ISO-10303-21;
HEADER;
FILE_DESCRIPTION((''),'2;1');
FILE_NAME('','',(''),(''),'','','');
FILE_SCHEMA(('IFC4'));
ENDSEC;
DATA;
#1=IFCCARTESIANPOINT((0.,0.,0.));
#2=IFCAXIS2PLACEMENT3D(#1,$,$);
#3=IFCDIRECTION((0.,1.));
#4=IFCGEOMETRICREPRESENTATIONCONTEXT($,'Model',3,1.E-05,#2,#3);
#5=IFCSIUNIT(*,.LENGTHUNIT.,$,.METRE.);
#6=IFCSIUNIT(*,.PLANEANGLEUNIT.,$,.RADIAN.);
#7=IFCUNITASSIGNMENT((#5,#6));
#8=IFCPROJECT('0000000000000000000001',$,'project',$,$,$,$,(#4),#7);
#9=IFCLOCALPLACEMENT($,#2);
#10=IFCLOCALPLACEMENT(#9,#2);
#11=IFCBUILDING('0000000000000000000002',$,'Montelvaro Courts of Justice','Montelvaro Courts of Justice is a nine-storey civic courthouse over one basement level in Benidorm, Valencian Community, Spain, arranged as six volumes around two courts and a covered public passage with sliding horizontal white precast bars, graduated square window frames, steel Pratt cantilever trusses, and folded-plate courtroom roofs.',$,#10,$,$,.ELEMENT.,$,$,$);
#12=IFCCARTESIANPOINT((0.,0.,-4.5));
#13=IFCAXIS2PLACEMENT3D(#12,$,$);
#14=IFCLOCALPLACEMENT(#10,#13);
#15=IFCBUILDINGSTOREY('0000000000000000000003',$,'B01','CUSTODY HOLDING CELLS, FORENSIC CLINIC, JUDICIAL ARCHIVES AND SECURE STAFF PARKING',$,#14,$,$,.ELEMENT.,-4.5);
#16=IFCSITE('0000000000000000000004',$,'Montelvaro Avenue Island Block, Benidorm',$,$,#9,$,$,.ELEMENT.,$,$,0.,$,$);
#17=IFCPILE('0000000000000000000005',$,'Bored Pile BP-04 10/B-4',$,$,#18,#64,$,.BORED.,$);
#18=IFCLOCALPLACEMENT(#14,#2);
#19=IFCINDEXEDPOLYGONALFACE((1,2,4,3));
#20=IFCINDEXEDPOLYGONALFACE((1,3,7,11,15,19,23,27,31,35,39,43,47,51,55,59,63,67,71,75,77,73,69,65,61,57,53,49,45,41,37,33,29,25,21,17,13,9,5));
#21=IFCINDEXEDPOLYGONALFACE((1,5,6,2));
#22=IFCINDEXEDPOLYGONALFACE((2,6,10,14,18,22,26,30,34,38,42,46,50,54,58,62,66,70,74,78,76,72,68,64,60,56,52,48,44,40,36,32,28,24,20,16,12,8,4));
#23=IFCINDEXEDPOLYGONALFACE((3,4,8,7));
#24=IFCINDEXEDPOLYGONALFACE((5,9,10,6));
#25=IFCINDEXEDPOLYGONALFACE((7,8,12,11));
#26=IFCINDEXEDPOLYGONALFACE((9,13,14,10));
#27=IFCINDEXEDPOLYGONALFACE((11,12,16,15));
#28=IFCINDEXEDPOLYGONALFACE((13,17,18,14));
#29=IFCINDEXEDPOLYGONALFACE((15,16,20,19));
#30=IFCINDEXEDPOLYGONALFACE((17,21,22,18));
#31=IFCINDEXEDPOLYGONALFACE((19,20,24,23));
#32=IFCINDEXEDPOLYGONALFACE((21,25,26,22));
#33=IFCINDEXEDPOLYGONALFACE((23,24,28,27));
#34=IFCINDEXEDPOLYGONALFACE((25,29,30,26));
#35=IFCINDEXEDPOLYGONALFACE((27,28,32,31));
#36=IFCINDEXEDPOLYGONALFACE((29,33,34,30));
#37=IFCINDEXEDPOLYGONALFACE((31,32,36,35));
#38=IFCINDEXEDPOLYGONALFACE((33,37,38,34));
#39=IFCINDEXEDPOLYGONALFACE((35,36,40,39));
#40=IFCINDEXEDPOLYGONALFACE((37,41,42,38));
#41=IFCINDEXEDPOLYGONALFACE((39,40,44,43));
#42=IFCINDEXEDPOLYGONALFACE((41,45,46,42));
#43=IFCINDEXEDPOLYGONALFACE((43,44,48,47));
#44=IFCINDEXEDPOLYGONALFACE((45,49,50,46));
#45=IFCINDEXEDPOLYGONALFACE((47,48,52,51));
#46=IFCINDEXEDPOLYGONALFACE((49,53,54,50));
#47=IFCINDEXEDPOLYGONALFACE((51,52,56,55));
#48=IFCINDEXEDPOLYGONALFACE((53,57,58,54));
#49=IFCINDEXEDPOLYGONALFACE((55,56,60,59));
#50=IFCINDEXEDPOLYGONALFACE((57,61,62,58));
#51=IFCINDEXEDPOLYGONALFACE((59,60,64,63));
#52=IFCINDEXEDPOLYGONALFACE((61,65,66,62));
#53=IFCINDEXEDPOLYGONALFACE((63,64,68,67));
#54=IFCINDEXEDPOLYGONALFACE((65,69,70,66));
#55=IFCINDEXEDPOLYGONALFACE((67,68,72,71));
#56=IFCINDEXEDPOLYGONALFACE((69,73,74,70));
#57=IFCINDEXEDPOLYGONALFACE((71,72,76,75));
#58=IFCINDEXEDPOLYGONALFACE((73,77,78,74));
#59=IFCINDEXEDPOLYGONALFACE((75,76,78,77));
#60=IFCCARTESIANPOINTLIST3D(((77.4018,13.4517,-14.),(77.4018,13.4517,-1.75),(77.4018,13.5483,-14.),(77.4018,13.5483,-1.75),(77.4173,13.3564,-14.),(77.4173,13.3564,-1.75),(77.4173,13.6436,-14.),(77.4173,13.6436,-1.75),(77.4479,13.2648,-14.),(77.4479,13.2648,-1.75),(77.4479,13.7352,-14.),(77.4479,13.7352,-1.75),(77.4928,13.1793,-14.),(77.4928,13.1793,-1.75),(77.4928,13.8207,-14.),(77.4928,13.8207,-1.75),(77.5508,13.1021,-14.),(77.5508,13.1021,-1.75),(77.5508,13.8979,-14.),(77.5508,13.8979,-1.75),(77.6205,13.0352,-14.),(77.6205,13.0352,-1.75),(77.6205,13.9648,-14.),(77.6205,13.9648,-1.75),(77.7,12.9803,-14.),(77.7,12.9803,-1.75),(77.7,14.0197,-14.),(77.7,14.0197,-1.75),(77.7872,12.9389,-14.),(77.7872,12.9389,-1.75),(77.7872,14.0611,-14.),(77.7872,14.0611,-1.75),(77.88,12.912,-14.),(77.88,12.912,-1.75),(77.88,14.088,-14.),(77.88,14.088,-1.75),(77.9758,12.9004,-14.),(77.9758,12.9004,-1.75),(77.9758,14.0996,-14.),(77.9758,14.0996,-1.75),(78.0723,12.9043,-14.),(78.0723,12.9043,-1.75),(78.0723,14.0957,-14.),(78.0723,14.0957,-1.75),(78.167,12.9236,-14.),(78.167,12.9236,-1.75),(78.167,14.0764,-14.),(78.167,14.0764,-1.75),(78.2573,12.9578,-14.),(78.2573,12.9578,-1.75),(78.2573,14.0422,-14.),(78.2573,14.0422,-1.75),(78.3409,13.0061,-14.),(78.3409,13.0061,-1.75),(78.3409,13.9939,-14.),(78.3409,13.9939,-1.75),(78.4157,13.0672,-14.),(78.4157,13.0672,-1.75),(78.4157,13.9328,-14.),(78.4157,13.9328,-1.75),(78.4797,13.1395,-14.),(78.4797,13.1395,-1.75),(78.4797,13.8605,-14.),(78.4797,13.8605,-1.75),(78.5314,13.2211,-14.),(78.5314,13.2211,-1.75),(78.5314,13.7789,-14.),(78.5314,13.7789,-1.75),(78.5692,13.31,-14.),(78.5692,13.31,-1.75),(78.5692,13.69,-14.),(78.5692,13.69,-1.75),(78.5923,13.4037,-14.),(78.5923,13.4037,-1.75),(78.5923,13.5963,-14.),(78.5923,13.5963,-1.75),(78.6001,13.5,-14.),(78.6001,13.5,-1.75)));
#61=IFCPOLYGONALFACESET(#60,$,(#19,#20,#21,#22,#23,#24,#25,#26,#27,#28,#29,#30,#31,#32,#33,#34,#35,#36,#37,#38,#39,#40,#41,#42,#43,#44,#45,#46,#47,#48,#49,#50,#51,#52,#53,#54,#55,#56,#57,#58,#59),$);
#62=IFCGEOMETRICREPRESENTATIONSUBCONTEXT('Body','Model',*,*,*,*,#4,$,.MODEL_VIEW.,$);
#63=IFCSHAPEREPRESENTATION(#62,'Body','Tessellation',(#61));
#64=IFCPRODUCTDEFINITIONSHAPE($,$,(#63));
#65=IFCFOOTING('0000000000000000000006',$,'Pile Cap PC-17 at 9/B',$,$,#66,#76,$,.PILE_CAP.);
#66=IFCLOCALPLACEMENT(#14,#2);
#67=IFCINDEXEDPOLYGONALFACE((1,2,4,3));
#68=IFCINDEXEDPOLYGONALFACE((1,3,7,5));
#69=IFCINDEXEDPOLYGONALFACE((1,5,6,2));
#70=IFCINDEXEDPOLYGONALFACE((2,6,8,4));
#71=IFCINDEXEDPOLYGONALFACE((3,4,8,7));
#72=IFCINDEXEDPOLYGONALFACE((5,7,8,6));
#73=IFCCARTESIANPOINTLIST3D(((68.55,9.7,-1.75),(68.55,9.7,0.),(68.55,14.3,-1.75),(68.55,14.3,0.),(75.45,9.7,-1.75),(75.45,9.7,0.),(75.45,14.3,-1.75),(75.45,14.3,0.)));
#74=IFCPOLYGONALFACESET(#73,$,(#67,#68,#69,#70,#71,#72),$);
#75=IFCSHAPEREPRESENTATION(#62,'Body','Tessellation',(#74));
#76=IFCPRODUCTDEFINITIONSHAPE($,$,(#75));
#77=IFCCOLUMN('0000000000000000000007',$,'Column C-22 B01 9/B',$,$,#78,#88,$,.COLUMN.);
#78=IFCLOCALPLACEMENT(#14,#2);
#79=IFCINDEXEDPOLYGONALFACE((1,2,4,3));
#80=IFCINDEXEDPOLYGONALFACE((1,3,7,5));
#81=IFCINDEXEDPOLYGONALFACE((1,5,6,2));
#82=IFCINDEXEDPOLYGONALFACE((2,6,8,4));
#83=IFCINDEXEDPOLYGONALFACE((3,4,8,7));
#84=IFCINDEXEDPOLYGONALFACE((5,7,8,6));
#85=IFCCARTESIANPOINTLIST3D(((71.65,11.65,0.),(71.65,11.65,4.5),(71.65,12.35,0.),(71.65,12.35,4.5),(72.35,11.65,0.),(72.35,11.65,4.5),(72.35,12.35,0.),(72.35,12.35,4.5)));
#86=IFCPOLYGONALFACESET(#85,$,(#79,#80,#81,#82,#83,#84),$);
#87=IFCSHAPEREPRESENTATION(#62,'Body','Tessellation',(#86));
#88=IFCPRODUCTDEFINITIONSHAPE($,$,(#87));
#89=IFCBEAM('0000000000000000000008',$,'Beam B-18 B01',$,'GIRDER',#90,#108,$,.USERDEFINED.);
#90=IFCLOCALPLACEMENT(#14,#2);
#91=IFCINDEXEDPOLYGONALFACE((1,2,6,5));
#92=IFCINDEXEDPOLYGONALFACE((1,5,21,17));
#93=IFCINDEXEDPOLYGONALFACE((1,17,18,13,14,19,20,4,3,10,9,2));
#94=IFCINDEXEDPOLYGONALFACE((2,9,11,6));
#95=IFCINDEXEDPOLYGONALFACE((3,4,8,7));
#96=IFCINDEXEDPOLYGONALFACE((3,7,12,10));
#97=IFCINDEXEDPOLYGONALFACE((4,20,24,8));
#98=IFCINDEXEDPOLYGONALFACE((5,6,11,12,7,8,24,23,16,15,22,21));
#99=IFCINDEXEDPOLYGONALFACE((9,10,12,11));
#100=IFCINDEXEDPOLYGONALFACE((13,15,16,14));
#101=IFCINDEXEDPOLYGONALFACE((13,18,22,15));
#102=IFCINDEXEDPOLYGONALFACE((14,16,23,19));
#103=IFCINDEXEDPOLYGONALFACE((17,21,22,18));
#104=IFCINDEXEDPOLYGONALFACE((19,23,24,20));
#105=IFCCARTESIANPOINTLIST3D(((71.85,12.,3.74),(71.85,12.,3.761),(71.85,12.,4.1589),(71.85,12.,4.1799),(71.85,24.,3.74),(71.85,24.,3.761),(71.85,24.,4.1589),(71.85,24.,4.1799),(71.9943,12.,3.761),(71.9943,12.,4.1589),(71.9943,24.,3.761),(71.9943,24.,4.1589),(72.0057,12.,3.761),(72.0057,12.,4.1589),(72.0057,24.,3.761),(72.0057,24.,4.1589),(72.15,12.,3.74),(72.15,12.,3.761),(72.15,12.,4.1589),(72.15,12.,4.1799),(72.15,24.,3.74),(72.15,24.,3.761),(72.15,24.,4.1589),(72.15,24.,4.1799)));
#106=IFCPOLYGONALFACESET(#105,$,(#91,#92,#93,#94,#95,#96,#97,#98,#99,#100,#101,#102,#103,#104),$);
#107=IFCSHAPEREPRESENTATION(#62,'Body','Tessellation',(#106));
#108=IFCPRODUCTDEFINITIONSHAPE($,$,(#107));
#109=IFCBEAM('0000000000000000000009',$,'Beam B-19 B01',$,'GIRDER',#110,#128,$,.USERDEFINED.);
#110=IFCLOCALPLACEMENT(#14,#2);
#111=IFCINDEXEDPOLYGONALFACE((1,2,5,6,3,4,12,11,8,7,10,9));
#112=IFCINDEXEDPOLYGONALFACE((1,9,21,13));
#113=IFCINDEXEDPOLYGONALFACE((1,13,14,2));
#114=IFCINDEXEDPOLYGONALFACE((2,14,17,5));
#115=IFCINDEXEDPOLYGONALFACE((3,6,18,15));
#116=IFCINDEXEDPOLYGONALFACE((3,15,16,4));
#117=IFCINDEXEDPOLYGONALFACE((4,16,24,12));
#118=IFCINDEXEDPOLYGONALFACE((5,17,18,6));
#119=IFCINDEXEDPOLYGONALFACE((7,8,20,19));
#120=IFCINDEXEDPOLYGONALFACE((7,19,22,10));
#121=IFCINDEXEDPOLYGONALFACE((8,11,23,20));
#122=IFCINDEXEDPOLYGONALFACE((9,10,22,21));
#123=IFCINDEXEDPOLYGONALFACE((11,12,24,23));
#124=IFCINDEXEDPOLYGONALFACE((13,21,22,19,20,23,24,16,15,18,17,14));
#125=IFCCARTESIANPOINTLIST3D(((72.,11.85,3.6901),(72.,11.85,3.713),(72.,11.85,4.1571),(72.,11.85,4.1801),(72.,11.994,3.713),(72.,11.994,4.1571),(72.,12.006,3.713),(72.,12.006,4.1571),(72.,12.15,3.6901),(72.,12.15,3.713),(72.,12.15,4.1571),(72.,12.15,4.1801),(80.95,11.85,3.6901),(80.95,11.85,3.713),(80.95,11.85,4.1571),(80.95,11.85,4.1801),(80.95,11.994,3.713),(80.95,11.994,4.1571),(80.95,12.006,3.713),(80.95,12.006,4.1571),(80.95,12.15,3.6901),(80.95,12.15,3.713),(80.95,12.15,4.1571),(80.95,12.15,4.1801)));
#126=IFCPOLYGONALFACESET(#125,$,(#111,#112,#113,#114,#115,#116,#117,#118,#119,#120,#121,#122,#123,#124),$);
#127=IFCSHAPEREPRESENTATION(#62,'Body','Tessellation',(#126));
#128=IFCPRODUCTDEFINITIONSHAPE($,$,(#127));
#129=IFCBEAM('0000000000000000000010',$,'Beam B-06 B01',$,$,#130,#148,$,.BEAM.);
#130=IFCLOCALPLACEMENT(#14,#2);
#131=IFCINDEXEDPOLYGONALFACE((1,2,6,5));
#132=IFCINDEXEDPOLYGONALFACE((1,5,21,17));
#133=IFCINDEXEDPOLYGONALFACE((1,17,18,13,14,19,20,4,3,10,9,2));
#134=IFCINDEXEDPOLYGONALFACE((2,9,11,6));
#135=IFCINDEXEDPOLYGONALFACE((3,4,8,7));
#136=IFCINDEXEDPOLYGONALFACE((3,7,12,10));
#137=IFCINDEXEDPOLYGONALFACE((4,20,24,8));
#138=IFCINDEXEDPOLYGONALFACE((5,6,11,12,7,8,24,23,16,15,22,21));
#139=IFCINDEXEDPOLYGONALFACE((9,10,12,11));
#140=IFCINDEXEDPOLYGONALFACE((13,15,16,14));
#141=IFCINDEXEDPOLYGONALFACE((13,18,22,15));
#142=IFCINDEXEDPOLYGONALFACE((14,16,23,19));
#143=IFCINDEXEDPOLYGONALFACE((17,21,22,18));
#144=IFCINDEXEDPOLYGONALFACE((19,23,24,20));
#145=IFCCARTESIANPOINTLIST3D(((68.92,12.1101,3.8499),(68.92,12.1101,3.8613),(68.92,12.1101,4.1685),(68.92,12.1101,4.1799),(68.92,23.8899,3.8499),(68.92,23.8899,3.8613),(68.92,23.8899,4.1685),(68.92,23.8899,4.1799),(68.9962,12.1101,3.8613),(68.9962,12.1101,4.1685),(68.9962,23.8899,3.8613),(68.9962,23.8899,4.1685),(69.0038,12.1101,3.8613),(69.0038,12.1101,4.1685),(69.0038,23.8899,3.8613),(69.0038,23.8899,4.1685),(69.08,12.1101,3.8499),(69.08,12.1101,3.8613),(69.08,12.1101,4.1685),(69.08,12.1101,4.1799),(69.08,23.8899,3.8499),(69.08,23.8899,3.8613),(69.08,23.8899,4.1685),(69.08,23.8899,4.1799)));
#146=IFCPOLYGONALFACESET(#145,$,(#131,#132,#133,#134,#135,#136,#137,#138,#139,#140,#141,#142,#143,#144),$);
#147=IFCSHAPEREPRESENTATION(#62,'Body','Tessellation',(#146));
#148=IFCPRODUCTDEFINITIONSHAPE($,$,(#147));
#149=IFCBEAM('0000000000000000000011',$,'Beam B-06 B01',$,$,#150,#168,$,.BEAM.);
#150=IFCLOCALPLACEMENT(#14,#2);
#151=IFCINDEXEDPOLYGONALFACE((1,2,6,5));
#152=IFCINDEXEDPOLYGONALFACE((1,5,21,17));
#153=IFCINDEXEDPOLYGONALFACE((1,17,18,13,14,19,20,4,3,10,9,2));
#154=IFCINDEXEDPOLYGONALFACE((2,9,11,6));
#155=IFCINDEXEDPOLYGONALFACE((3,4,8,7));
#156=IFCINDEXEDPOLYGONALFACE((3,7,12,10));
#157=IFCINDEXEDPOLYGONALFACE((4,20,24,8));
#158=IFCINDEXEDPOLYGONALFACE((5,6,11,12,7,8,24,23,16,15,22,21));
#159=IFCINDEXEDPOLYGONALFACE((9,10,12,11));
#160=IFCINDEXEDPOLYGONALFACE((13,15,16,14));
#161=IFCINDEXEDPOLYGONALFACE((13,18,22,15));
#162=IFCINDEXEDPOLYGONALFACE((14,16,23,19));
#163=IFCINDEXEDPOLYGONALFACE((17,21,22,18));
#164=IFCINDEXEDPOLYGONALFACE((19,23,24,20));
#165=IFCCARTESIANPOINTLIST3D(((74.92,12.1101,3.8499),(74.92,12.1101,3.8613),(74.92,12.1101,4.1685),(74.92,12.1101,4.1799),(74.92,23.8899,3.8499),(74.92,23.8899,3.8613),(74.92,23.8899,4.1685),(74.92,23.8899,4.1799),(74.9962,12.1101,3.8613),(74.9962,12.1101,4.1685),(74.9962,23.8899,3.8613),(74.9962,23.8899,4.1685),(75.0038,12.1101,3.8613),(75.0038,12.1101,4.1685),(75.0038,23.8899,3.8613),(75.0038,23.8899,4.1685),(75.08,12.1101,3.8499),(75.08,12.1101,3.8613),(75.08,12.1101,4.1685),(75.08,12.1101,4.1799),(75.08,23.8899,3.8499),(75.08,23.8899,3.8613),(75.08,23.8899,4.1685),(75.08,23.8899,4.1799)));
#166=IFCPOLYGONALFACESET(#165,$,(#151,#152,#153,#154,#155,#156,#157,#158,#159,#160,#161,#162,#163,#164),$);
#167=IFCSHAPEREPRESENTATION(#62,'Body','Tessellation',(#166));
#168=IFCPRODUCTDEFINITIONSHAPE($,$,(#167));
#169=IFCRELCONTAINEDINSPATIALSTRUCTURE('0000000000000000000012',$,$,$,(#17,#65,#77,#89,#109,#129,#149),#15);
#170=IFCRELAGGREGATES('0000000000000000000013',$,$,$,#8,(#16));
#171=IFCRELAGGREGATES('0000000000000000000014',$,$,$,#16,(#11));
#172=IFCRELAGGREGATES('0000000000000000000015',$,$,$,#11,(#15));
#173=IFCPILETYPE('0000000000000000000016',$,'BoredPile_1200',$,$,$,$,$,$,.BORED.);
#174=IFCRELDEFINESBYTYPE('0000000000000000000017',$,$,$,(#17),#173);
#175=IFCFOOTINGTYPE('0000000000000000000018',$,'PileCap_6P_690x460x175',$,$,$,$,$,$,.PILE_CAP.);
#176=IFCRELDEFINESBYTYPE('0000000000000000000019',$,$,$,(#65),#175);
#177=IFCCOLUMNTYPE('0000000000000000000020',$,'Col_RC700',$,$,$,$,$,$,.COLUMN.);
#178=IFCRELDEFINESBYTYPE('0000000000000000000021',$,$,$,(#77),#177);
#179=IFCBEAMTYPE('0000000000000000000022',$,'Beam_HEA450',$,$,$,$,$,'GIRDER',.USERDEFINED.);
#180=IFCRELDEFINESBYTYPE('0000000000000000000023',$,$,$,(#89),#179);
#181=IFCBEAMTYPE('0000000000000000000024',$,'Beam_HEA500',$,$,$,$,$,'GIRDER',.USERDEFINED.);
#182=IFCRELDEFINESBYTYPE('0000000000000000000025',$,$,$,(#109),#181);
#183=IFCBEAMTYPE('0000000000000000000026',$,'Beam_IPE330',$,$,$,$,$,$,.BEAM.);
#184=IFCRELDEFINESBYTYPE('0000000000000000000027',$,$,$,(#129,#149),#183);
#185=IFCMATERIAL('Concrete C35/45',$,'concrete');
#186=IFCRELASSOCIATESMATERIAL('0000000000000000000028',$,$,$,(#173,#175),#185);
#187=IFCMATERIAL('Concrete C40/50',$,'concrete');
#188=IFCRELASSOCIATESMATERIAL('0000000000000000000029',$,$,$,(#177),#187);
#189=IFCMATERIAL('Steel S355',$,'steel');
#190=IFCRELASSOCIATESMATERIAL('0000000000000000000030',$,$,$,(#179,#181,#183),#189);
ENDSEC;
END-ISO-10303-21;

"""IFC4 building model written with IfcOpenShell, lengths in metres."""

from ifc_helpers import new_model, si_unit, direction, frame, origin, origin_2d, place, context, subcontext, project, spatial, rectangle, circle, i_section, extrude, material, material_profile, profile_set, type_object, element, save


model = new_model("IFC4")

# Units and contexts
model_context = context("Model", 3, precision=1e-05, world=origin(), true_north=direction((0.0, 1.0)))
body_context = subcontext(model_context, "Body", "Model", "MODEL_VIEW")
ifc_project = project(units=[si_unit("LENGTHUNIT", "METRE"), si_unit("PLANEANGLEUNIT", "RADIAN")], contexts=[model_context])

# Site, building, storey
site_placement = place(None, origin())
site = spatial("IfcSite", under=ifc_project, at=site_placement, Name="Montelvaro Avenue Island Block, Benidorm", CompositionType="ELEMENT", RefElevation=0.0)
building_placement = place(site_placement, origin())
building = spatial("IfcBuilding", under=site, at=building_placement, Name="Montelvaro Courts of Justice", Description="Montelvaro Courts of Justice is a nine-storey civic courthouse over one basement level in Benidorm, Valencian Community, Spain, arranged as six volumes around two courts and a covered public passage with sliding horizontal white precast bars, graduated square window frames, steel Pratt cantilever trusses, and folded-plate courtroom roofs.", CompositionType="ELEMENT")
storey_placement = place(building_placement, frame((0.0, 0.0, -4.5)))
storey = spatial("IfcBuildingStorey", under=building, at=storey_placement, Name="B01", Description="CUSTODY HOLDING CELLS, FORENSIC CLINIC, JUDICIAL ARCHIVES AND SECURE STAFF PARKING", CompositionType="ELEMENT", Elevation=-4.5)

# Pile
ifc_material_1 = material(Name="Concrete C35/45", Category="concrete")
ifc_material_profile_1 = material_profile(ifc_material_1, circle(Radius=0.6001, at=origin_2d()), Name="BORED PILE D1200")
ifc_profile_set_1 = profile_set([ifc_material_profile_1], Name="Concrete C35/45")
pile_type_1 = type_object("IfcPileType", Name="BoredPile_1200", PredefinedType="BORED", material=ifc_profile_set_1)
pile_placement = place(storey_placement, frame((78.0, 13.5, -1.75), z_axis=(0.0, 0.0, -1.0), x_axis=(1.0, 0.0, 0.0)))
element("IfcPile", 1, at=pile_placement, inside=storey, type_object=pile_type_1, Name="Bored Pile BP-04 10/B-4", PredefinedType="BORED", context=body_context, shape_type="SweptSolid", body=[
    extrude(circle(Radius=0.6001, at=origin_2d()), origin(), (0.0, 0.0, 1.0), 12.25),
])

# Footing
footing_type = type_object("IfcFootingType", Name="PileCap_6P_690x460x175", PredefinedType="PILE_CAP", material=ifc_material_1)
footing_placement = place(storey_placement, frame((72.0, 12.0, -1.75), z_axis=(0.0, 0.0, 1.0), x_axis=(1.0, 0.0, 0.0)))
element("IfcFooting", 2, at=footing_placement, inside=storey, type_object=footing_type, Name="Pile Cap PC-17 at 9/B", PredefinedType="PILE_CAP", context=body_context, shape_type="SweptSolid", body=[
    extrude(rectangle(XDim=6.8999, YDim=4.6001, at=origin_2d()), origin(), (0.0, 0.0, 1.0), 1.75),
])

# Column
ifc_material_2 = material(Name="Concrete C40/50", Category="concrete")
ifc_material_profile_2 = material_profile(ifc_material_2, rectangle(XDim=0.7, YDim=0.7, at=origin_2d()), Name="RC 700x700")
ifc_profile_set_2 = profile_set([ifc_material_profile_2], Name="Concrete C40/50")
column_type = type_object("IfcColumnType", Name="Col_RC700", PredefinedType="COLUMN", material=ifc_profile_set_2)
column_placement = place(storey_placement, frame((72.0, 12.0, 0.0), z_axis=(0.0, 0.0, 1.0), x_axis=(1.0, 0.0, 0.0)))
element("IfcColumn", 3, at=column_placement, inside=storey, type_object=column_type, Name="Column C-22 B01 9/B", PredefinedType="COLUMN", context=body_context, shape_type="SweptSolid", body=[
    extrude(rectangle(XDim=0.7, YDim=0.7, at=origin_2d()), origin(), (0.0, 0.0, 1.0), 4.5),
])

# Beams
ifc_material_3 = material(Name="Steel S355", Category="steel")
ifc_material_profile_3 = material_profile(ifc_material_3, i_section(OverallWidth=0.3, OverallDepth=0.4399, WebThickness=0.0115, FlangeThickness=0.021, at=origin_2d()), Name="HEA 450")
ifc_profile_set_3 = profile_set([ifc_material_profile_3], Name="Steel S355")
beam_type_1 = type_object("IfcBeamType", Name="Beam_HEA450", ElementType="GIRDER", PredefinedType="USERDEFINED", material=ifc_profile_set_3)
beam_1_placement = place(storey_placement, frame((72.0, 12.0, 3.96), z_axis=(0.0, 1.0, 0.0), x_axis=(-1.0, 0.0, 0.0)))
element("IfcBeam", 4, at=beam_1_placement, inside=storey, type_object=beam_type_1, Name="Beam B-18 B01", ObjectType="GIRDER", PredefinedType="USERDEFINED", context=body_context, shape_type="SweptSolid", body=[
    extrude(i_section(OverallWidth=0.3, OverallDepth=0.4399, WebThickness=0.0115, FlangeThickness=0.021, at=origin_2d()), origin(), (0.0, 0.0, 1.0), 12.0),
])
ifc_material_profile_4 = material_profile(ifc_material_3, i_section(OverallWidth=0.3, OverallDepth=0.49, WebThickness=0.012, FlangeThickness=0.0229, at=origin_2d()), Name="HEA 500")
ifc_profile_set_4 = profile_set([ifc_material_profile_4], Name="Steel S355")
beam_type_2 = type_object("IfcBeamType", Name="Beam_HEA500", ElementType="GIRDER", PredefinedType="USERDEFINED", material=ifc_profile_set_4)
beam_2_placement = place(storey_placement, frame((72.0, 12.0, 3.9351), z_axis=(1.0, 0.0, 0.0), x_axis=(0.0, 1.0, 0.0)))
element("IfcBeam", 5, at=beam_2_placement, inside=storey, type_object=beam_type_2, Name="Beam B-19 B01", ObjectType="GIRDER", PredefinedType="USERDEFINED", context=body_context, shape_type="SweptSolid", body=[
    extrude(i_section(OverallWidth=0.3, OverallDepth=0.49, WebThickness=0.012, FlangeThickness=0.0229, at=origin_2d()), origin(), (0.0, 0.0, 1.0), 8.95),
])
ifc_material_profile_5 = material_profile(ifc_material_3, i_section(OverallWidth=0.1599, OverallDepth=0.3301, WebThickness=0.0076, FlangeThickness=0.0115, at=origin_2d()), Name="IPE 330")
ifc_profile_set_5 = profile_set([ifc_material_profile_5], Name="Steel S355")
beam_type_3 = type_object("IfcBeamType", Name="Beam_IPE330", PredefinedType="BEAM", material=ifc_profile_set_5)
for number, where, z_axis, x_axis, name in (
    (6, (69.0, 12.1101, 4.0149), (0.0, 1.0, 0.0), (-1.0, 0.0, 0.0), "Beam B-06 B01"),
    (7, (75.0, 12.1101, 4.0149), (0.0, 1.0, 0.0), (-1.0, 0.0, 0.0), "Beam B-06 B01"),
):
    element("IfcBeam", number, at=place(storey_placement, frame(where, z_axis=z_axis, x_axis=x_axis)), inside=storey, type_object=beam_type_3, Name=name, PredefinedType="BEAM", context=body_context, shape_type="SweptSolid", body=[
        extrude(i_section(OverallWidth=0.1599, OverallDepth=0.3301, WebThickness=0.0076, FlangeThickness=0.0115, at=origin_2d()), origin(), (0.0, 0.0, 1.0), 11.7798),
    ])

save(model, "model.ifc")
